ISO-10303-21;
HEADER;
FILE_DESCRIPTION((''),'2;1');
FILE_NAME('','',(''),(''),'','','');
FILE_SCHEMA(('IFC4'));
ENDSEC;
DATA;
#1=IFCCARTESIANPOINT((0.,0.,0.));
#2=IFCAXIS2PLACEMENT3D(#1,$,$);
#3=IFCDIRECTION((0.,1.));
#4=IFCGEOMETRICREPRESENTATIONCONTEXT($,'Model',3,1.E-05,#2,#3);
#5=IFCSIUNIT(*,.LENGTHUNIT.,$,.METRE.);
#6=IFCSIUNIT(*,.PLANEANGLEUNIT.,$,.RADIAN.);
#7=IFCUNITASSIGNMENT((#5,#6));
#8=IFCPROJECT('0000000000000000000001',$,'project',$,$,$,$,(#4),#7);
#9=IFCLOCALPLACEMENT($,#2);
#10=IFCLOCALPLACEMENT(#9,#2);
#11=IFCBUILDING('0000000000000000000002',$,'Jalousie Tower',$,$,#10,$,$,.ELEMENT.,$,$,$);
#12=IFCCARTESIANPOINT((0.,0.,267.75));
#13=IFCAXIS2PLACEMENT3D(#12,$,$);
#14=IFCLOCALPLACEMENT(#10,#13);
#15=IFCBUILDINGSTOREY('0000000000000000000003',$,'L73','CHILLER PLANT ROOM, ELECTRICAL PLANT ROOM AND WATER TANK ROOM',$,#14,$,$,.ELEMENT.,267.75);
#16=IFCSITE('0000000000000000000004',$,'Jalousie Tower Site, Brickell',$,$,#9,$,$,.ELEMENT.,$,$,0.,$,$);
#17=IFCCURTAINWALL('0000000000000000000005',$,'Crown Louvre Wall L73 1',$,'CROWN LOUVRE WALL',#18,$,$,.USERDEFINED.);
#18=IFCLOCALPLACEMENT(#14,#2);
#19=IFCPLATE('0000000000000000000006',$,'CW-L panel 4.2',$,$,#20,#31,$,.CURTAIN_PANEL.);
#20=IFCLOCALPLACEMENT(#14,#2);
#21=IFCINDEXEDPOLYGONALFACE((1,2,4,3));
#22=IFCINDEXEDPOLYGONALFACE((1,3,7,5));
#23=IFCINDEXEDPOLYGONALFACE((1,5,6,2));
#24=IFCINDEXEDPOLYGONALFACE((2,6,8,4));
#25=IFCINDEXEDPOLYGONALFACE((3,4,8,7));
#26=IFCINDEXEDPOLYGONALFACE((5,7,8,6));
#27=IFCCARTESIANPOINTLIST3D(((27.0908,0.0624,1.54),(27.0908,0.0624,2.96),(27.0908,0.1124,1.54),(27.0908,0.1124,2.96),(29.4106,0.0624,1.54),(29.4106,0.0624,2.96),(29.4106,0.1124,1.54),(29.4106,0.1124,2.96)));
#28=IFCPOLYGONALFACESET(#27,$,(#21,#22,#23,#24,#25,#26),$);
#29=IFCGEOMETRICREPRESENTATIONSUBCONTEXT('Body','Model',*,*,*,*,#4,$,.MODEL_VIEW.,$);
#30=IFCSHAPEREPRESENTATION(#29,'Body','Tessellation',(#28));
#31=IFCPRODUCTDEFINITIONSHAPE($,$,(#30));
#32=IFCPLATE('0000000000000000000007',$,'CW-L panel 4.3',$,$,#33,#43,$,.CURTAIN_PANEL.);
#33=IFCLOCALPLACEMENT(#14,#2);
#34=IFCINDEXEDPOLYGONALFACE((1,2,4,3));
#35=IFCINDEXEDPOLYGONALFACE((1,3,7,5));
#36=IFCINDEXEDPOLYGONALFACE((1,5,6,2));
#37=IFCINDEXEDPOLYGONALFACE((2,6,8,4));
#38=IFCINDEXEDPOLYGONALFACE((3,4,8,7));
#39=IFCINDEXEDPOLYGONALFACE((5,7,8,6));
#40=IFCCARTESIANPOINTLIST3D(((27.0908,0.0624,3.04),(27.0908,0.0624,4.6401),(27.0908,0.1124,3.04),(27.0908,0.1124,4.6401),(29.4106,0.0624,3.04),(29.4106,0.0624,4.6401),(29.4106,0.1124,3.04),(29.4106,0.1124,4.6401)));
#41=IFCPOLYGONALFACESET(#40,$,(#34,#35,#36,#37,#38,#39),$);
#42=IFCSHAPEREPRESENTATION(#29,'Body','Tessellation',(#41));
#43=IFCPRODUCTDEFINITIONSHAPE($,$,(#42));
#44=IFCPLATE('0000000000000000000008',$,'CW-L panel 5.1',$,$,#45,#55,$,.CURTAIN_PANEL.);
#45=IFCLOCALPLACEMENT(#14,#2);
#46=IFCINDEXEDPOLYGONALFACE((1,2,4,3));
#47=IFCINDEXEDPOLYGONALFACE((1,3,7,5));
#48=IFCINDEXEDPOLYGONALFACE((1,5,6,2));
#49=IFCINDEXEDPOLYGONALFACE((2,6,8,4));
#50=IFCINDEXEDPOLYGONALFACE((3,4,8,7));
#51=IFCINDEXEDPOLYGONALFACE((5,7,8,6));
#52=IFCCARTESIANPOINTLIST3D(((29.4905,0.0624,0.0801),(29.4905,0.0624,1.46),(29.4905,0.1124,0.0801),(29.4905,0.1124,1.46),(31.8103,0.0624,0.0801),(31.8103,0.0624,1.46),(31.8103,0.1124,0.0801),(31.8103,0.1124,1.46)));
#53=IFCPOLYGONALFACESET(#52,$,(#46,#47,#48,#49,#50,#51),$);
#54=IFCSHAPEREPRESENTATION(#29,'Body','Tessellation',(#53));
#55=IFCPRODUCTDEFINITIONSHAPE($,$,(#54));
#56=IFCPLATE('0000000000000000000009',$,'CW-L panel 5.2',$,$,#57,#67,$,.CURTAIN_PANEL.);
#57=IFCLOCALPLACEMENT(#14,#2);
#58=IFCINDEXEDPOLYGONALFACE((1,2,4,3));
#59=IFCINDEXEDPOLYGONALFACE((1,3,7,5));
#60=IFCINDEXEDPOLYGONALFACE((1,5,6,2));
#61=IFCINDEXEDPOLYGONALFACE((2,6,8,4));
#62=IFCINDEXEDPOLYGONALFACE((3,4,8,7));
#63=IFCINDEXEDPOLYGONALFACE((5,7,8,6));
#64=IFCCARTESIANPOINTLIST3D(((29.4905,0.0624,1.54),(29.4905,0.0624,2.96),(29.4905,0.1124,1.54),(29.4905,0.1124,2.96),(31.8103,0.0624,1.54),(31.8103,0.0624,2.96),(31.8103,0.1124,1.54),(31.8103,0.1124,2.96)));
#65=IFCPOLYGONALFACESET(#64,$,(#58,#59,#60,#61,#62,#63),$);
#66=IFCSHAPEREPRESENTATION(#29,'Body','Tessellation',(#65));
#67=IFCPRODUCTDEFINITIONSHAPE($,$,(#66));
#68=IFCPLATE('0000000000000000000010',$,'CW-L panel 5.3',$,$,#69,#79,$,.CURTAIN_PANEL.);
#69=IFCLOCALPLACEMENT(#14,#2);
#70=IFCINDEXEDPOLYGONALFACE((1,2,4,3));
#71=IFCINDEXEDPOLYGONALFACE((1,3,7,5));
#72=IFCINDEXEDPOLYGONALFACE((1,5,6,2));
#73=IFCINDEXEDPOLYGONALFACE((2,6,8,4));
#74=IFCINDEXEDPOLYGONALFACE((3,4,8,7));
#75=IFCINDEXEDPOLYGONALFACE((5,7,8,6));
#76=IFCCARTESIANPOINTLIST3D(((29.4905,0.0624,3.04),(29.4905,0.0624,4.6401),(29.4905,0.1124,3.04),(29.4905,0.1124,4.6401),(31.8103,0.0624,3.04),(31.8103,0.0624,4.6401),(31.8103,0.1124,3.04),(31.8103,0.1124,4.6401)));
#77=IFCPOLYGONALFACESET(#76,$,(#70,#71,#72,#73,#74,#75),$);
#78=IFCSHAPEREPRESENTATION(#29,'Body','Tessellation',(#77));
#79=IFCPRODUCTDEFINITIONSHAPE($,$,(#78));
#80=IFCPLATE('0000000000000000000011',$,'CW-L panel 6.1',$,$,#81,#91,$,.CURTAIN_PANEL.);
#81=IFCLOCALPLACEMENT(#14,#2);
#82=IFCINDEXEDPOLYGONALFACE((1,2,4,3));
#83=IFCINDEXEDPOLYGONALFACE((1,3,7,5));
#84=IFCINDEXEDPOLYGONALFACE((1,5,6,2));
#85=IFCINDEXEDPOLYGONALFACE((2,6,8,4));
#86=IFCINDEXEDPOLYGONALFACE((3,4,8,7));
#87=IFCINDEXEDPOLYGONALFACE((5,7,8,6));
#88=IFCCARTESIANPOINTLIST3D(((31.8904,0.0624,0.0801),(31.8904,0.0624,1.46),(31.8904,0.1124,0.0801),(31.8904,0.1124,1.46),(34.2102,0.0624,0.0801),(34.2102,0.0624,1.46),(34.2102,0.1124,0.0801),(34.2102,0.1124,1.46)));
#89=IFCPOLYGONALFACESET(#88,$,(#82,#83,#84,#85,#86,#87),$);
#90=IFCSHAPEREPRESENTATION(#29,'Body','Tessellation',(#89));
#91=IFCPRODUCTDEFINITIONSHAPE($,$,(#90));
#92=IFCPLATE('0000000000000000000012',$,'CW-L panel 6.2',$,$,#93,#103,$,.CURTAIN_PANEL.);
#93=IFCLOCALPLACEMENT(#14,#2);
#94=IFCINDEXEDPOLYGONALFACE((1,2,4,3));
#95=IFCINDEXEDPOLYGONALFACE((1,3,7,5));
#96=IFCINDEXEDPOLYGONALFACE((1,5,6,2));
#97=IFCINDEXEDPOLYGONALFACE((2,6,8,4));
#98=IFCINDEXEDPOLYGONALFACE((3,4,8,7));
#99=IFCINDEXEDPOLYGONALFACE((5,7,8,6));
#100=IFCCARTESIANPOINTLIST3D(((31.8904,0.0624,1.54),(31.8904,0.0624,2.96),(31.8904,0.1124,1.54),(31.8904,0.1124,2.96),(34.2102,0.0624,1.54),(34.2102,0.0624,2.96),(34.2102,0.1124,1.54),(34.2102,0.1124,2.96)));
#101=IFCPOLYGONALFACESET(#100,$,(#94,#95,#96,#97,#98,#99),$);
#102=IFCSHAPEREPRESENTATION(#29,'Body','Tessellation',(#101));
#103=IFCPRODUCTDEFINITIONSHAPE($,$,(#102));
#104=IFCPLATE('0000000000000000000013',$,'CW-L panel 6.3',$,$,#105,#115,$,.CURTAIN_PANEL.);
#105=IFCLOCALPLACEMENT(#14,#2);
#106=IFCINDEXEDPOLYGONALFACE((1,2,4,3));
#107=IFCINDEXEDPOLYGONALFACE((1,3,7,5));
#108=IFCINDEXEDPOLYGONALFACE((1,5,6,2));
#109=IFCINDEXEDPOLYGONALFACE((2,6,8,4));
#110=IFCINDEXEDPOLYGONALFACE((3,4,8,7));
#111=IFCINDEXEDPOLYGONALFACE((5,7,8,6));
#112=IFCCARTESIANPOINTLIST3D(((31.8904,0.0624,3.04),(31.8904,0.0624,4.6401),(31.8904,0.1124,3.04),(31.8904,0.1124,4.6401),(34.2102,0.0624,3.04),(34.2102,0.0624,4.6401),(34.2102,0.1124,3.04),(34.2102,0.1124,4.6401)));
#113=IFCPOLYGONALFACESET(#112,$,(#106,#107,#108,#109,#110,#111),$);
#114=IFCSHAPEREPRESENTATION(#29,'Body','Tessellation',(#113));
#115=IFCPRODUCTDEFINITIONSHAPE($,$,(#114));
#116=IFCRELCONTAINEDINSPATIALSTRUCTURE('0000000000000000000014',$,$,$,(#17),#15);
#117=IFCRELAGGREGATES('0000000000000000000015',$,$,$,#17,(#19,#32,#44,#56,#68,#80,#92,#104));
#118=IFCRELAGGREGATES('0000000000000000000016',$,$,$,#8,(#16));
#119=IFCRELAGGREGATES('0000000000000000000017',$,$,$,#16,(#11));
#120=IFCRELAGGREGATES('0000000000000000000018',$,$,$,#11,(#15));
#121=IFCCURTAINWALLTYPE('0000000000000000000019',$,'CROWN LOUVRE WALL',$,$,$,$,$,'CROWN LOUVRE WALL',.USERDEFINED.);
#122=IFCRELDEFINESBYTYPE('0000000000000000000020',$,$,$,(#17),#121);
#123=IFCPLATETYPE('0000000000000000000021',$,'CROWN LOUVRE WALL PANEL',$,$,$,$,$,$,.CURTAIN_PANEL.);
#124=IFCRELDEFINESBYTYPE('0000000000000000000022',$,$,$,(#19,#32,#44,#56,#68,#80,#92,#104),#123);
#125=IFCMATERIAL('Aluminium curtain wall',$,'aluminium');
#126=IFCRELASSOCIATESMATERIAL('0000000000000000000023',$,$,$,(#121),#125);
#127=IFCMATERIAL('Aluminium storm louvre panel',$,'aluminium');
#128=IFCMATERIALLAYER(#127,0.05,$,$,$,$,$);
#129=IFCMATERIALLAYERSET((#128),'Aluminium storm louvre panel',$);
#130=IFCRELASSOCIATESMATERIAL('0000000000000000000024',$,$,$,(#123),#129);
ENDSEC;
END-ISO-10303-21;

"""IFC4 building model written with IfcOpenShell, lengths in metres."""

from ifc_helpers import new_model, si_unit, direction, frame, origin, origin_2d, place, context, subcontext, project, spatial, rectangle, extrude, material, layer, layer_set, type_object, element, aggregate, save


model = new_model("IFC4")

# Units and contexts
model_context = context("Model", 3, precision=1e-05, world=origin(), true_north=direction((0.0, 1.0)))
body_context = subcontext(model_context, "Body", "Model", "MODEL_VIEW")
ifc_project = project(units=[si_unit("LENGTHUNIT", "METRE"), si_unit("PLANEANGLEUNIT", "RADIAN")], contexts=[model_context])

# Site, building, storey
site_placement = place(None, origin())
site = spatial("IfcSite", under=ifc_project, at=site_placement, Name="Jalousie Tower Site, Brickell", CompositionType="ELEMENT", RefElevation=0.0)
building_placement = place(site_placement, origin())
building = spatial("IfcBuilding", under=site, at=building_placement, Name="Jalousie Tower", CompositionType="ELEMENT")
storey_placement = place(building_placement, frame((0.0, 0.0, 267.75)))
storey = spatial("IfcBuildingStorey", under=building, at=storey_placement, Name="L73", Description="CHILLER PLANT ROOM, ELECTRICAL PLANT ROOM AND WATER TANK ROOM", CompositionType="ELEMENT", Elevation=267.75)

# Curtain wall, plates
ifc_material_1 = material(Name="Aluminium curtain wall", Category="aluminium")
curtain_wall_type = type_object("IfcCurtainWallType", Name="CROWN LOUVRE WALL", ElementType="CROWN LOUVRE WALL", PredefinedType="USERDEFINED", material=ifc_material_1)
curtain_wall_placement = place(storey_placement, origin())
curtain_wall = element("IfcCurtainWall", 1, at=curtain_wall_placement, inside=storey, type_object=curtain_wall_type, Name="Crown Louvre Wall L73 1", ObjectType="CROWN LOUVRE WALL", PredefinedType="USERDEFINED")
ifc_material_2 = material(Name="Aluminium storm louvre panel", Category="aluminium")
ifc_layer = layer(ifc_material_2, 0.05)
ifc_layer_set = layer_set([ifc_layer], Name="Aluminium storm louvre panel")
plate_type = type_object("IfcPlateType", Name="CROWN LOUVRE WALL PANEL", PredefinedType="CURTAIN_PANEL", material=ifc_layer_set)
plate_1_placement = place(storey_placement, frame((28.2507, 0.0874, 1.54), z_axis=(0.0, 0.0, 1.0), x_axis=(1.0, 0.0, 0.0)))
plate_1 = element("IfcPlate", 2, at=plate_1_placement, type_object=plate_type, Name="CW-L panel 4.2", PredefinedType="CURTAIN_PANEL", context=body_context, shape_type="SweptSolid", body=[
    extrude(rectangle(XDim=2.3198, YDim=0.05, at=origin_2d()), origin(), (0.0, 0.0, 1.0), 1.4199),
])
plate_2_placement = place(storey_placement, frame((28.2507, 0.0874, 3.04), z_axis=(0.0, 0.0, 1.0), x_axis=(1.0, 0.0, 0.0)))
plate_2 = element("IfcPlate", 3, at=plate_2_placement, type_object=plate_type, Name="CW-L panel 4.3", PredefinedType="CURTAIN_PANEL", context=body_context, shape_type="SweptSolid", body=[
    extrude(rectangle(XDim=2.3198, YDim=0.05, at=origin_2d()), origin(), (0.0, 0.0, 1.0), 1.6001),
])
plate_3_placement = place(storey_placement, frame((30.6504, 0.0874, 0.0801), z_axis=(0.0, 0.0, 1.0), x_axis=(1.0, 0.0, 0.0)))
plate_3 = element("IfcPlate", 4, at=plate_3_placement, type_object=plate_type, Name="CW-L panel 5.1", PredefinedType="CURTAIN_PANEL", context=body_context, shape_type="SweptSolid", body=[
    extrude(rectangle(XDim=2.3198, YDim=0.05, at=origin_2d()), origin(), (0.0, 0.0, 1.0), 1.3799),
])
plate_4_placement = place(storey_placement, frame((30.6504, 0.0874, 1.54), z_axis=(0.0, 0.0, 1.0), x_axis=(1.0, 0.0, 0.0)))
plate_4 = element("IfcPlate", 5, at=plate_4_placement, type_object=plate_type, Name="CW-L panel 5.2", PredefinedType="CURTAIN_PANEL", context=body_context, shape_type="SweptSolid", body=[
    extrude(rectangle(XDim=2.3198, YDim=0.05, at=origin_2d()), origin(), (0.0, 0.0, 1.0), 1.4199),
])
plate_5_placement = place(storey_placement, frame((30.6504, 0.0874, 3.04), z_axis=(0.0, 0.0, 1.0), x_axis=(1.0, 0.0, 0.0)))
plate_5 = element("IfcPlate", 6, at=plate_5_placement, type_object=plate_type, Name="CW-L panel 5.3", PredefinedType="CURTAIN_PANEL", context=body_context, shape_type="SweptSolid", body=[
    extrude(rectangle(XDim=2.3198, YDim=0.05, at=origin_2d()), origin(), (0.0, 0.0, 1.0), 1.6001),
])
plate_6_placement = place(storey_placement, frame((33.0503, 0.0874, 0.0801), z_axis=(0.0, 0.0, 1.0), x_axis=(1.0, 0.0, 0.0)))
plate_6 = element("IfcPlate", 7, at=plate_6_placement, type_object=plate_type, Name="CW-L panel 6.1", PredefinedType="CURTAIN_PANEL", context=body_context, shape_type="SweptSolid", body=[
    extrude(rectangle(XDim=2.3198, YDim=0.05, at=origin_2d()), origin(), (0.0, 0.0, 1.0), 1.3799),
])
plate_7_placement = place(storey_placement, frame((33.0503, 0.0874, 1.54), z_axis=(0.0, 0.0, 1.0), x_axis=(1.0, 0.0, 0.0)))
plate_7 = element("IfcPlate", 8, at=plate_7_placement, type_object=plate_type, Name="CW-L panel 6.2", PredefinedType="CURTAIN_PANEL", context=body_context, shape_type="SweptSolid", body=[
    extrude(rectangle(XDim=2.3198, YDim=0.05, at=origin_2d()), origin(), (0.0, 0.0, 1.0), 1.4199),
])
plate_8_placement = place(storey_placement, frame((33.0503, 0.0874, 3.04), z_axis=(0.0, 0.0, 1.0), x_axis=(1.0, 0.0, 0.0)))
plate_8 = element("IfcPlate", 9, at=plate_8_placement, type_object=plate_type, Name="CW-L panel 6.3", PredefinedType="CURTAIN_PANEL", context=body_context, shape_type="SweptSolid", body=[
    extrude(rectangle(XDim=2.3198, YDim=0.05, at=origin_2d()), origin(), (0.0, 0.0, 1.0), 1.6001),
])
aggregate(curtain_wall, [plate_1, plate_2, plate_3, plate_4, plate_5, plate_6, plate_7, plate_8])

save(model, "model.ifc")
